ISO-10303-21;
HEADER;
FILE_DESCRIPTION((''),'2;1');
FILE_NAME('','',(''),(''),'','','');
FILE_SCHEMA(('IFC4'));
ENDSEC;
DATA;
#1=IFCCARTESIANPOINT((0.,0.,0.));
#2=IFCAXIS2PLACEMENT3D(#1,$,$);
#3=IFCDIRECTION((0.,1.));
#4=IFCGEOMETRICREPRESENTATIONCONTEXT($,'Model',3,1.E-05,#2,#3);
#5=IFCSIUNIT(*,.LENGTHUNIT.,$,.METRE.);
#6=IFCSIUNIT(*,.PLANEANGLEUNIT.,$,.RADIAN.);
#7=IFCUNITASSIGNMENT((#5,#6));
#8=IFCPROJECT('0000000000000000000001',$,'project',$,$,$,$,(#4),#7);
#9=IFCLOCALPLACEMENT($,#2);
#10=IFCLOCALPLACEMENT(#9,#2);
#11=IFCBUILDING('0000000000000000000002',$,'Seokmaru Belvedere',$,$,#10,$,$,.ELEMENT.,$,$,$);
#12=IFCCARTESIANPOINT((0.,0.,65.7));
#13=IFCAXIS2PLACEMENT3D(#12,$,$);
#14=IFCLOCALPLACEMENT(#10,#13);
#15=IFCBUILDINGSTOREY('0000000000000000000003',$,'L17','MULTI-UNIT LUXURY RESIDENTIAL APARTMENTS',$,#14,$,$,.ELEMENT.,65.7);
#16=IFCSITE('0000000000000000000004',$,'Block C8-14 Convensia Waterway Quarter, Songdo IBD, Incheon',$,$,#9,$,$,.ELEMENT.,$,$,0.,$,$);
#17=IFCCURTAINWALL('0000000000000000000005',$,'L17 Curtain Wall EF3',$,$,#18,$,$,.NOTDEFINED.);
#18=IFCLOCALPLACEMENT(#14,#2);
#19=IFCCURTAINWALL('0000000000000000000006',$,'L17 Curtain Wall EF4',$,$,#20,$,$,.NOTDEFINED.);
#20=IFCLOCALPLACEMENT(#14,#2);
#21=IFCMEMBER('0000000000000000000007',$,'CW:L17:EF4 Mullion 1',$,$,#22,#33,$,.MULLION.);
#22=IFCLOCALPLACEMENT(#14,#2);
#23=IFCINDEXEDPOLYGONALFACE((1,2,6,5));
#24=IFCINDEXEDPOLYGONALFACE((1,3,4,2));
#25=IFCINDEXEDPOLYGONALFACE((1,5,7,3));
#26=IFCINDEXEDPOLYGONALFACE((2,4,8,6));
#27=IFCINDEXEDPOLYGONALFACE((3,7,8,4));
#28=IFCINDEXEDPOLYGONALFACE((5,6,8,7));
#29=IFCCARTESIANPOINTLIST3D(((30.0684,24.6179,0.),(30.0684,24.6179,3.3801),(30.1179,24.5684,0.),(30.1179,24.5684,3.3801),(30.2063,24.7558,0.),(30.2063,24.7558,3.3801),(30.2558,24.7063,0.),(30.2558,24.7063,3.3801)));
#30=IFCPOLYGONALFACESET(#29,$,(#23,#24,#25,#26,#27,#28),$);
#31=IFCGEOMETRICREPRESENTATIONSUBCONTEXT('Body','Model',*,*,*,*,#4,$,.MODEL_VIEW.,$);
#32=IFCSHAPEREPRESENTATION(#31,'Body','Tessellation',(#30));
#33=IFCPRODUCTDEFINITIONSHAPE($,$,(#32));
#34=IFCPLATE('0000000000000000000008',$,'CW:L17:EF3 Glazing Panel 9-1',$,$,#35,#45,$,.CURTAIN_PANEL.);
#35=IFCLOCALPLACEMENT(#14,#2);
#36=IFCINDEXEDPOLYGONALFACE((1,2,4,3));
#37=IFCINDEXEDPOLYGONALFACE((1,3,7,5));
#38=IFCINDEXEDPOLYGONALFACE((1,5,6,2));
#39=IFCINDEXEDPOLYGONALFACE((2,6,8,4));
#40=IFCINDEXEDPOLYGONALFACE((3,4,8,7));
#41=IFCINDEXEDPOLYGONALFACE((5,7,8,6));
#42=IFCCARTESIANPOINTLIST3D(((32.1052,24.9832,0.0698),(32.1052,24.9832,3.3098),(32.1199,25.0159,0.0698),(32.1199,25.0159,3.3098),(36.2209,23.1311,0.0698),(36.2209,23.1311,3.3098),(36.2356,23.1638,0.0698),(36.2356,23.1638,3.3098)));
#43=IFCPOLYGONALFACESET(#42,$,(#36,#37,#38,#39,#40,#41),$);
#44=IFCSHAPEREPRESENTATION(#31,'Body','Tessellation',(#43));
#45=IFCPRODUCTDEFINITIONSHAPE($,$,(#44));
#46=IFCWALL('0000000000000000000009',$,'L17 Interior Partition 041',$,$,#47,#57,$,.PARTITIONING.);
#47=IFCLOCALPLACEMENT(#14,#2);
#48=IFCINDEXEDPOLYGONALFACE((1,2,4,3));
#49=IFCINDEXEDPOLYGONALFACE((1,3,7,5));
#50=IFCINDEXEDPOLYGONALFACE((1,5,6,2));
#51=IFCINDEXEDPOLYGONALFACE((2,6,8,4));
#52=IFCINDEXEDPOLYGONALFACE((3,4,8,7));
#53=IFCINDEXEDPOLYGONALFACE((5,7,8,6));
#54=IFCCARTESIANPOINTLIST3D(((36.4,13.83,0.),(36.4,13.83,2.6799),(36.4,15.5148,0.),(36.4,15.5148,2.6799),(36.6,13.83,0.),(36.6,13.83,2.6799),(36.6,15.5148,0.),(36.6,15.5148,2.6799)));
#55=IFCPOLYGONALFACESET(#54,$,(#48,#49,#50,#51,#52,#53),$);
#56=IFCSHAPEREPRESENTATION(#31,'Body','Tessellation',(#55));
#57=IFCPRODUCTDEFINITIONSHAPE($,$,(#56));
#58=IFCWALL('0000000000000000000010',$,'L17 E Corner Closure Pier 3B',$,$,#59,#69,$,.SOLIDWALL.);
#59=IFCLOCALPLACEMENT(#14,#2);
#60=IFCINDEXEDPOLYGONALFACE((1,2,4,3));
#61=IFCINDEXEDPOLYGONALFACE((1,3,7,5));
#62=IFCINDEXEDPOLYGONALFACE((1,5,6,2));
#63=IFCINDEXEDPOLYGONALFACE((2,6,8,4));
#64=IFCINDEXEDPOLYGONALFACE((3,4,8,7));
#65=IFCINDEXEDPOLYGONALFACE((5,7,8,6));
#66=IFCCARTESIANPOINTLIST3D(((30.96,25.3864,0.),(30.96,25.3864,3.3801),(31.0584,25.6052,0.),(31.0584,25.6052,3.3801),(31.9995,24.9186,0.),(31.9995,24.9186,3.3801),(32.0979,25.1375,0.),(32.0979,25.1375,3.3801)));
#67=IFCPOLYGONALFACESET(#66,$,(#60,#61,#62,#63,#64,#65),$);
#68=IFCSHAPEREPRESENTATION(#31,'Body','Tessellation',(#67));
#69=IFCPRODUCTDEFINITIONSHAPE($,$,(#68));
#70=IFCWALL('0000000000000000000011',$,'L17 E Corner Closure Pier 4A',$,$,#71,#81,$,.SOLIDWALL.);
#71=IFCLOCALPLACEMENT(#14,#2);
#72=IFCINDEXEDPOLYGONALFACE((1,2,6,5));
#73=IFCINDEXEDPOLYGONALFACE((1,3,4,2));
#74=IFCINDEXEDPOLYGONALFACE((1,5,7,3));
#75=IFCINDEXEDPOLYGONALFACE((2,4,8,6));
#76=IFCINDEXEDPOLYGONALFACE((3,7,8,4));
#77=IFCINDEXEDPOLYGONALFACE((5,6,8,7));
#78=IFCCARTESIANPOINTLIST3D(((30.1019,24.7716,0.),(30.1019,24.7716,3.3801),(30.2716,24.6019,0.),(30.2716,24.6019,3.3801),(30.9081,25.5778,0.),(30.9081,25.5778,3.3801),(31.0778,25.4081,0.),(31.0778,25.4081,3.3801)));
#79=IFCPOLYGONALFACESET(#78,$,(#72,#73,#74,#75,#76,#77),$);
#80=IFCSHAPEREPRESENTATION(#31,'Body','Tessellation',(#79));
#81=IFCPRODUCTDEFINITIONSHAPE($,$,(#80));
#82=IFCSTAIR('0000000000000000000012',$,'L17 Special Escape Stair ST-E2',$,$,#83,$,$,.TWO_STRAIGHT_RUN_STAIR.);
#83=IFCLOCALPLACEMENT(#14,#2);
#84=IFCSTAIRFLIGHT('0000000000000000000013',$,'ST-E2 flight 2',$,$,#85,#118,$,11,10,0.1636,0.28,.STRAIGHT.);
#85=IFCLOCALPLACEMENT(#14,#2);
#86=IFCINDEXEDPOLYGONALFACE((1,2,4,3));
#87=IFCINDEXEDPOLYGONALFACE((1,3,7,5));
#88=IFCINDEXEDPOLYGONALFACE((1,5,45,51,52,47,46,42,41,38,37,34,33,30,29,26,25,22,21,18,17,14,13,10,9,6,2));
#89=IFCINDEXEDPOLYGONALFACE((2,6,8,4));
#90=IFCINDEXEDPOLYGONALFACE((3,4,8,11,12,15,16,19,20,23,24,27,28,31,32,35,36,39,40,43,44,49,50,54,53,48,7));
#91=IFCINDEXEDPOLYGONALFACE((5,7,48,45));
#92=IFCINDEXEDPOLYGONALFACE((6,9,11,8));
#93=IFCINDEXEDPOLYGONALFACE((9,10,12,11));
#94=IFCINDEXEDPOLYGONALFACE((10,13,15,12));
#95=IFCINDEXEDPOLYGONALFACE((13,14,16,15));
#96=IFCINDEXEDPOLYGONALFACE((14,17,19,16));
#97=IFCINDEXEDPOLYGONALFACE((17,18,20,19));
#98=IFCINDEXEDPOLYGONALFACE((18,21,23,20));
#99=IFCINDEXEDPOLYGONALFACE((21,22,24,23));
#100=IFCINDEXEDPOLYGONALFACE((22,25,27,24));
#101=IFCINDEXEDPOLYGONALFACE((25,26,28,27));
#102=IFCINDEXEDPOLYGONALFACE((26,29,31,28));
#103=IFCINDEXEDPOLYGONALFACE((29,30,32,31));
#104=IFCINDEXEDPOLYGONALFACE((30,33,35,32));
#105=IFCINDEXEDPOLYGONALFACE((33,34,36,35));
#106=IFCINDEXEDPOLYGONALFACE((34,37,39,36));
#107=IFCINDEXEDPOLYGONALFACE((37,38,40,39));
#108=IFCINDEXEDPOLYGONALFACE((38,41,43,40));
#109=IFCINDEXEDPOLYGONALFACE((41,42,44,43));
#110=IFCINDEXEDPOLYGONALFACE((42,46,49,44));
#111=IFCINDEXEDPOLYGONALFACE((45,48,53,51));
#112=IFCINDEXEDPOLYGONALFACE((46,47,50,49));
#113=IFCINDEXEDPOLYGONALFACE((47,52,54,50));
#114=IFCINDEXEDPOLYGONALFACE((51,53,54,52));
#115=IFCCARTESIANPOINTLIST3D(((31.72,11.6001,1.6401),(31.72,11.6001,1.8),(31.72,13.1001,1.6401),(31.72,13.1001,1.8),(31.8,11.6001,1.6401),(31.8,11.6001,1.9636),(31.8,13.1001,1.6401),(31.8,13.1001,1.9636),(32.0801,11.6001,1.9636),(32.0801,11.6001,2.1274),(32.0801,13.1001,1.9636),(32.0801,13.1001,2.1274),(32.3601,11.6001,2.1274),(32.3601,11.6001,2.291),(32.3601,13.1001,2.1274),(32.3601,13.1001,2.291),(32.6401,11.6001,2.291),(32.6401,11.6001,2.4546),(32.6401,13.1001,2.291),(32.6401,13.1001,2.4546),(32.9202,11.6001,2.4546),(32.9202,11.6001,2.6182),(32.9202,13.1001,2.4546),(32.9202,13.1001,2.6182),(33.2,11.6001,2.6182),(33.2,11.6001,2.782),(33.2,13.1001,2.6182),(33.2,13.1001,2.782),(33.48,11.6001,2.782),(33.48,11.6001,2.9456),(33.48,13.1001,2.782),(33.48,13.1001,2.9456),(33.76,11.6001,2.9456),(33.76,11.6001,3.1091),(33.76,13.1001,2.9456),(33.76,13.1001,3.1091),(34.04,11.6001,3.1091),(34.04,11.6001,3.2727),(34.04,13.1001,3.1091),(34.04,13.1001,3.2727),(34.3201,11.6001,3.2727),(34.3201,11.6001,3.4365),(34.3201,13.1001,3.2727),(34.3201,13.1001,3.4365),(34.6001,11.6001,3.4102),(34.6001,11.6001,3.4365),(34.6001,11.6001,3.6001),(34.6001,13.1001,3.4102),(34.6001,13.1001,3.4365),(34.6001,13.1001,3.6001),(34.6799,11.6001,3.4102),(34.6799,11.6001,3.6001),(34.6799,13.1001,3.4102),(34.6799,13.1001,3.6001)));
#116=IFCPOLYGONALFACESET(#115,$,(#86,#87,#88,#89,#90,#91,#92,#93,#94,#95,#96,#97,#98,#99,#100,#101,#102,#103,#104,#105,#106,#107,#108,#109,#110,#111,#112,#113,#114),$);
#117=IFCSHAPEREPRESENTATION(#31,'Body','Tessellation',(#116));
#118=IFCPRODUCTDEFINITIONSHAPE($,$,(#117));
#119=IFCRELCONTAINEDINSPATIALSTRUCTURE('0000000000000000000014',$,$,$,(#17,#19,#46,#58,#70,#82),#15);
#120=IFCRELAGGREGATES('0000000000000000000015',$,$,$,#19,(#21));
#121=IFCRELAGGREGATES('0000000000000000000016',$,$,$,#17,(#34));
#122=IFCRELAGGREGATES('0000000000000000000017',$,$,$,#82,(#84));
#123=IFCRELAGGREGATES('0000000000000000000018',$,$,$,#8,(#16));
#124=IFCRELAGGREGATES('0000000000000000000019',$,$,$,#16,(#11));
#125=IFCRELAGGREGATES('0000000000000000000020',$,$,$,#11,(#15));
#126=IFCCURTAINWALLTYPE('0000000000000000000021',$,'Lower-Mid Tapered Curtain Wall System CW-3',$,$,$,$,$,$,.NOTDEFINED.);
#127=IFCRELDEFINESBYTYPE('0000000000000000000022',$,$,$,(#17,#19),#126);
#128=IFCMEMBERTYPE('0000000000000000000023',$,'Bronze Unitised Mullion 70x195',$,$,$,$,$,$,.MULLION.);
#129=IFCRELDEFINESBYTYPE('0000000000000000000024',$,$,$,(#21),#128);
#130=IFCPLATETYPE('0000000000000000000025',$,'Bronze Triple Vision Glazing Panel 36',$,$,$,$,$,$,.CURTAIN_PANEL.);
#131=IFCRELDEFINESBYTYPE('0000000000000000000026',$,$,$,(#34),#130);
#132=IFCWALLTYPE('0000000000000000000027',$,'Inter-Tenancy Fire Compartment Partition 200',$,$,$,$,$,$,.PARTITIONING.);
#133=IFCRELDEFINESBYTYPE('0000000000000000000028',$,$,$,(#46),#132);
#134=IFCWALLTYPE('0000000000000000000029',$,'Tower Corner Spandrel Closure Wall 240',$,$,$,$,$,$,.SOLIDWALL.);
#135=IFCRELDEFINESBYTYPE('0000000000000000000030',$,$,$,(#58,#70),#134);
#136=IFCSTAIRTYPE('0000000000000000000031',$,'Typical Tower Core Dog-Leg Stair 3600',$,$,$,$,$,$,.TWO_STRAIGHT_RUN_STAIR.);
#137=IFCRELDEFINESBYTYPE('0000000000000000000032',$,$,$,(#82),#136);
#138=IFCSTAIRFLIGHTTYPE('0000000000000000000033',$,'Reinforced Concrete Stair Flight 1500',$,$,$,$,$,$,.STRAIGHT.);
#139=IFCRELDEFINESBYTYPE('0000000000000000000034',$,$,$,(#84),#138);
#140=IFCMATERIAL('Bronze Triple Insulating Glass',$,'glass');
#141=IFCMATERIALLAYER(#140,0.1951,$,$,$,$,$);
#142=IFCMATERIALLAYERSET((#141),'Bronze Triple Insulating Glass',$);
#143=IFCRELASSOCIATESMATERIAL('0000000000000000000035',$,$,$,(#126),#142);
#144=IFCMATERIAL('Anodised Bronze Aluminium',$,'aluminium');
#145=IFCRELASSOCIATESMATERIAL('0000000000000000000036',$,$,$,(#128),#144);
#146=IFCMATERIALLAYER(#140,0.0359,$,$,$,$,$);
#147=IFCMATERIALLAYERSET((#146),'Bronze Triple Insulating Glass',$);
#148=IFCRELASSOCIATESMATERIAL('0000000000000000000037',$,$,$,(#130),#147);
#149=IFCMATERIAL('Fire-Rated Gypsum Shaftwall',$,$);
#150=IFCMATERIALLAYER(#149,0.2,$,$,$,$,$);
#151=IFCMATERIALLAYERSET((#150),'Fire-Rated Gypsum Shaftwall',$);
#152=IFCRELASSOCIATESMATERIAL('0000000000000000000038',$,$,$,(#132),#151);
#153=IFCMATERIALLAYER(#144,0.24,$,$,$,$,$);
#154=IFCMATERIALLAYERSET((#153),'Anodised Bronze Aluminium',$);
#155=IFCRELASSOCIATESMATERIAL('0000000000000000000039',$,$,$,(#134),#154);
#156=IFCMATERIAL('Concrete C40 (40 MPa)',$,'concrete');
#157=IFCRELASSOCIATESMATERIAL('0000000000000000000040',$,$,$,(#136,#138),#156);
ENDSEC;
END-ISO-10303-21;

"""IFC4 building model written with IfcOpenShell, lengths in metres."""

from ifc_helpers import new_model, si_unit, direction, frame, frame_2d, origin, origin_2d, place, context, subcontext, project, spatial, polyline, rectangle, outline, extrude, source, transform, mapped, material, layer, layer_set, material_profile, profile_set, type_object, type_shapes, element, aggregate, save


model = new_model("IFC4")

# Units and contexts
model_context = context("Model", 3, precision=1e-05, world=origin(), true_north=direction((0.0, 1.0)))
body_context = subcontext(model_context, "Body", "Model", "MODEL_VIEW")
ifc_project = project(units=[si_unit("LENGTHUNIT", "METRE"), si_unit("PLANEANGLEUNIT", "RADIAN")], contexts=[model_context])

# Site, building, storey
site_placement = place(None, origin())
site = spatial("IfcSite", under=ifc_project, at=site_placement, Name="Block C8-14 Convensia Waterway Quarter, Songdo IBD, Incheon", CompositionType="ELEMENT", RefElevation=0.0)
building_placement = place(site_placement, origin())
building = spatial("IfcBuilding", under=site, at=building_placement, Name="Seokmaru Belvedere", CompositionType="ELEMENT")
storey_placement = place(building_placement, frame((0.0, 0.0, 65.7)))
storey = spatial("IfcBuildingStorey", under=building, at=storey_placement, Name="L17", Description="MULTI-UNIT LUXURY RESIDENTIAL APARTMENTS", CompositionType="ELEMENT", Elevation=65.7)

# Curtain wall
ifc_material_1 = material(Name="Bronze Triple Insulating Glass", Category="glass")
ifc_layer_1 = layer(ifc_material_1, 0.1951)
ifc_layer_set_1 = layer_set([ifc_layer_1], Name="Bronze Triple Insulating Glass")
curtain_wall_type = type_object("IfcCurtainWallType", Name="Lower-Mid Tapered Curtain Wall System CW-3", PredefinedType="NOTDEFINED", material=ifc_layer_set_1)
curtain_wall_1_placement = place(storey_placement, origin())
curtain_wall_1 = element("IfcCurtainWall", 1, at=curtain_wall_1_placement, inside=storey, type_object=curtain_wall_type, Name="L17 Curtain Wall EF3", PredefinedType="NOTDEFINED")
ifc_material_2 = material(Name="Anodised Bronze Aluminium", Category="aluminium")
ifc_material_profile_1 = material_profile(ifc_material_2, rectangle(XDim=0.0701, YDim=0.1951, at=origin_2d()), Name="CW-M-70x195")
ifc_profile_set_1 = profile_set([ifc_material_profile_1], Name="Anodised Bronze Aluminium")
member_type = type_object("IfcMemberType", Name="Bronze Unitised Mullion 70x195", PredefinedType="MULLION", material=ifc_profile_set_1)
shared_shape_1 = source(origin(), body_context, "Body", "SweptSolid", [
    extrude(rectangle(XDim=0.0701, YDim=0.1951, at=origin_2d()), origin(), (0.0, 0.0, 1.0), 3.3801),
])

# Curtain wall, member
curtain_wall_2_placement = place(storey_placement, origin())
curtain_wall_2 = element("IfcCurtainWall", 2, at=curtain_wall_2_placement, inside=storey, type_object=curtain_wall_type, Name="L17 Curtain Wall EF4", PredefinedType="NOTDEFINED")
member_1_placement = place(storey_placement, frame((30.1621, 24.6621, 0.0), z_axis=(0.0, 0.0, 1.0), x_axis=(0.707107, -0.707107, 0.0)))
member_1 = element("IfcMember", 3, at=member_1_placement, type_object=member_type, Name="CW:L17:EF4 Mullion 1", PredefinedType="MULLION", context=body_context, shape_type="MappedRepresentation", body=[
    mapped(shared_shape_1, transform((0.0, 0.0, 0.0), scale=1.0)),
])
aggregate(curtain_wall_2, [member_1])

# Plate
ifc_layer_2 = layer(ifc_material_1, 0.0359)
ifc_layer_set_2 = layer_set([ifc_layer_2], Name="Bronze Triple Insulating Glass")
plate_type = type_object("IfcPlateType", Name="Bronze Triple Vision Glazing Panel 36", PredefinedType="CURTAIN_PANEL", material=ifc_layer_set_2)
shared_shape_2 = source(origin(), body_context, "Body", "SweptSolid", [
    extrude(rectangle(XDim=4.5132, YDim=0.0359, at=origin_2d()), origin(), (0.0, 0.0, 1.0), 3.24),
])
type_shapes(plate_type, [shared_shape_2])
plate_placement = place(storey_placement, frame((34.1704, 24.0735, 0.0698), z_axis=(0.0, 0.0, 1.0), x_axis=(-0.911921, 0.410366, 0.0)))
plate = element("IfcPlate", 4, at=plate_placement, type_object=plate_type, Name="CW:L17:EF3 Glazing Panel 9-1", PredefinedType="CURTAIN_PANEL", context=body_context, shape_type="MappedRepresentation", body=[
    mapped(shared_shape_2, transform((0.0, 0.0, 0.0), scale=1.0)),
])
aggregate(curtain_wall_1, [plate])

# Walls
ifc_material_3 = material(Name="Fire-Rated Gypsum Shaftwall")
ifc_layer_3 = layer(ifc_material_3, 0.2)
ifc_layer_set_3 = layer_set([ifc_layer_3], Name="Fire-Rated Gypsum Shaftwall")
wall_type_1 = type_object("IfcWallType", Name="Inter-Tenancy Fire Compartment Partition 200", PredefinedType="PARTITIONING", material=ifc_layer_set_3)
wall_1_placement = place(storey_placement, frame((36.5, 13.8301, 0.0), z_axis=(0.0, 0.0, 1.0), x_axis=(0.0, 1.0, 0.0)))
element("IfcWall", 5, at=wall_1_placement, inside=storey, type_object=wall_type_1, Name="L17 Interior Partition 041", PredefinedType="PARTITIONING", context=body_context, shape_type="SweptSolid", body=[
    extrude(rectangle(XDim=1.6848, YDim=0.2, at=frame_2d((0.8423, 0.0))), origin(), (0.0, 0.0, 1.0), 2.6799),
])
ifc_layer_4 = layer(ifc_material_2, 0.24)
ifc_layer_set_4 = layer_set([ifc_layer_4], Name="Anodised Bronze Aluminium")
wall_type_2 = type_object("IfcWallType", Name="Tower Corner Spandrel Closure Wall 240", PredefinedType="SOLIDWALL", material=ifc_layer_set_4)
wall_2_placement = place(storey_placement, frame((32.0486, 25.0281, 0.0), z_axis=(0.0, 0.0, 1.0), x_axis=(-0.91193, 0.410347, 0.0)))
element("IfcWall", 6, at=wall_2_placement, inside=storey, type_object=wall_type_2, Name="L17 E Corner Closure Pier 3B", PredefinedType="SOLIDWALL", context=body_context, shape_type="SweptSolid", body=[
    extrude(rectangle(XDim=1.1399, YDim=0.24, at=frame_2d((0.5698, 0.0))), origin(), (0.0, 0.0, 1.0), 3.3801),
])
wall_3_placement = place(storey_placement, frame((30.9929, 25.4929, 0.0), z_axis=(0.0, 0.0, 1.0), x_axis=(-0.707107, -0.707107, 0.0)))
element("IfcWall", 7, at=wall_3_placement, inside=storey, type_object=wall_type_2, Name="L17 E Corner Closure Pier 4A", PredefinedType="SOLIDWALL", context=body_context, shape_type="SweptSolid", body=[
    extrude(rectangle(XDim=1.1401, YDim=0.24, at=frame_2d((0.5701, 0.0))), origin(), (0.0, 0.0, 1.0), 3.3801),
])

# Stair, stair flight
ifc_material_4 = material(Name="Concrete C40 (40 MPa)", Category="concrete")
stair_type = type_object("IfcStairType", Name="Typical Tower Core Dog-Leg Stair 3600", PredefinedType="TWO_STRAIGHT_RUN_STAIR", material=ifc_material_4)
stair_placement = place(storey_placement, origin())
stair = element("IfcStair", 8, at=stair_placement, inside=storey, type_object=stair_type, Name="L17 Special Escape Stair ST-E2", PredefinedType="TWO_STRAIGHT_RUN_STAIR")
stair_flight_type = type_object("IfcStairFlightType", Name="Reinforced Concrete Stair Flight 1500", PredefinedType="STRAIGHT", material=ifc_material_4)
stair_flight_placement = place(storey_placement, frame((31.8, 12.3501, 1.8), z_axis=(0.0, 0.0, 1.0), x_axis=(1.0, 0.0, 0.0)))
stair_flight = element("IfcStairFlight", 9, at=stair_flight_placement, type_object=stair_flight_type, Name="ST-E2 flight 2", NumberOfRisers=11, NumberOfTreads=10, PredefinedType="STRAIGHT", RiserHeight=0.1636, TreadLength=0.28, context=body_context, shape_type="SweptSolid", body=[
    extrude(outline(polyline([(-0.0801, 0.0), (0.0, 0.1636), (0.28, 0.1636), (0.28, 0.3274), (0.5601, 0.3274), (0.5601, 0.491), (0.8401, 0.491), (0.8401, 0.6545), (1.1201, 0.6545), (1.1201, 0.8181), (1.3999, 0.8181), (1.3999, 0.9819), (1.6799, 0.9819), (1.6799, 1.1455), (1.96, 1.1455), (1.96, 1.3091), (2.24, 1.3091), (2.24, 1.4727), (2.52, 1.4727), (2.52, 1.6365), (2.8, 1.6365), (2.8, 1.8), (2.8799, 1.8), (2.8799, 1.6101), (2.8, 1.6101), (0.0, -0.1599), (-0.0801, -0.1599), (-0.0801, 0.0)])), frame((0.0, 0.75, 0.0), z_axis=(0.0, -1.0, 0.0), x_axis=(1.0, 0.0, 0.0)), (0.0, 0.0, 1.0), 1.5),
])
aggregate(stair, [stair_flight])

save(model, "model.ifc")
